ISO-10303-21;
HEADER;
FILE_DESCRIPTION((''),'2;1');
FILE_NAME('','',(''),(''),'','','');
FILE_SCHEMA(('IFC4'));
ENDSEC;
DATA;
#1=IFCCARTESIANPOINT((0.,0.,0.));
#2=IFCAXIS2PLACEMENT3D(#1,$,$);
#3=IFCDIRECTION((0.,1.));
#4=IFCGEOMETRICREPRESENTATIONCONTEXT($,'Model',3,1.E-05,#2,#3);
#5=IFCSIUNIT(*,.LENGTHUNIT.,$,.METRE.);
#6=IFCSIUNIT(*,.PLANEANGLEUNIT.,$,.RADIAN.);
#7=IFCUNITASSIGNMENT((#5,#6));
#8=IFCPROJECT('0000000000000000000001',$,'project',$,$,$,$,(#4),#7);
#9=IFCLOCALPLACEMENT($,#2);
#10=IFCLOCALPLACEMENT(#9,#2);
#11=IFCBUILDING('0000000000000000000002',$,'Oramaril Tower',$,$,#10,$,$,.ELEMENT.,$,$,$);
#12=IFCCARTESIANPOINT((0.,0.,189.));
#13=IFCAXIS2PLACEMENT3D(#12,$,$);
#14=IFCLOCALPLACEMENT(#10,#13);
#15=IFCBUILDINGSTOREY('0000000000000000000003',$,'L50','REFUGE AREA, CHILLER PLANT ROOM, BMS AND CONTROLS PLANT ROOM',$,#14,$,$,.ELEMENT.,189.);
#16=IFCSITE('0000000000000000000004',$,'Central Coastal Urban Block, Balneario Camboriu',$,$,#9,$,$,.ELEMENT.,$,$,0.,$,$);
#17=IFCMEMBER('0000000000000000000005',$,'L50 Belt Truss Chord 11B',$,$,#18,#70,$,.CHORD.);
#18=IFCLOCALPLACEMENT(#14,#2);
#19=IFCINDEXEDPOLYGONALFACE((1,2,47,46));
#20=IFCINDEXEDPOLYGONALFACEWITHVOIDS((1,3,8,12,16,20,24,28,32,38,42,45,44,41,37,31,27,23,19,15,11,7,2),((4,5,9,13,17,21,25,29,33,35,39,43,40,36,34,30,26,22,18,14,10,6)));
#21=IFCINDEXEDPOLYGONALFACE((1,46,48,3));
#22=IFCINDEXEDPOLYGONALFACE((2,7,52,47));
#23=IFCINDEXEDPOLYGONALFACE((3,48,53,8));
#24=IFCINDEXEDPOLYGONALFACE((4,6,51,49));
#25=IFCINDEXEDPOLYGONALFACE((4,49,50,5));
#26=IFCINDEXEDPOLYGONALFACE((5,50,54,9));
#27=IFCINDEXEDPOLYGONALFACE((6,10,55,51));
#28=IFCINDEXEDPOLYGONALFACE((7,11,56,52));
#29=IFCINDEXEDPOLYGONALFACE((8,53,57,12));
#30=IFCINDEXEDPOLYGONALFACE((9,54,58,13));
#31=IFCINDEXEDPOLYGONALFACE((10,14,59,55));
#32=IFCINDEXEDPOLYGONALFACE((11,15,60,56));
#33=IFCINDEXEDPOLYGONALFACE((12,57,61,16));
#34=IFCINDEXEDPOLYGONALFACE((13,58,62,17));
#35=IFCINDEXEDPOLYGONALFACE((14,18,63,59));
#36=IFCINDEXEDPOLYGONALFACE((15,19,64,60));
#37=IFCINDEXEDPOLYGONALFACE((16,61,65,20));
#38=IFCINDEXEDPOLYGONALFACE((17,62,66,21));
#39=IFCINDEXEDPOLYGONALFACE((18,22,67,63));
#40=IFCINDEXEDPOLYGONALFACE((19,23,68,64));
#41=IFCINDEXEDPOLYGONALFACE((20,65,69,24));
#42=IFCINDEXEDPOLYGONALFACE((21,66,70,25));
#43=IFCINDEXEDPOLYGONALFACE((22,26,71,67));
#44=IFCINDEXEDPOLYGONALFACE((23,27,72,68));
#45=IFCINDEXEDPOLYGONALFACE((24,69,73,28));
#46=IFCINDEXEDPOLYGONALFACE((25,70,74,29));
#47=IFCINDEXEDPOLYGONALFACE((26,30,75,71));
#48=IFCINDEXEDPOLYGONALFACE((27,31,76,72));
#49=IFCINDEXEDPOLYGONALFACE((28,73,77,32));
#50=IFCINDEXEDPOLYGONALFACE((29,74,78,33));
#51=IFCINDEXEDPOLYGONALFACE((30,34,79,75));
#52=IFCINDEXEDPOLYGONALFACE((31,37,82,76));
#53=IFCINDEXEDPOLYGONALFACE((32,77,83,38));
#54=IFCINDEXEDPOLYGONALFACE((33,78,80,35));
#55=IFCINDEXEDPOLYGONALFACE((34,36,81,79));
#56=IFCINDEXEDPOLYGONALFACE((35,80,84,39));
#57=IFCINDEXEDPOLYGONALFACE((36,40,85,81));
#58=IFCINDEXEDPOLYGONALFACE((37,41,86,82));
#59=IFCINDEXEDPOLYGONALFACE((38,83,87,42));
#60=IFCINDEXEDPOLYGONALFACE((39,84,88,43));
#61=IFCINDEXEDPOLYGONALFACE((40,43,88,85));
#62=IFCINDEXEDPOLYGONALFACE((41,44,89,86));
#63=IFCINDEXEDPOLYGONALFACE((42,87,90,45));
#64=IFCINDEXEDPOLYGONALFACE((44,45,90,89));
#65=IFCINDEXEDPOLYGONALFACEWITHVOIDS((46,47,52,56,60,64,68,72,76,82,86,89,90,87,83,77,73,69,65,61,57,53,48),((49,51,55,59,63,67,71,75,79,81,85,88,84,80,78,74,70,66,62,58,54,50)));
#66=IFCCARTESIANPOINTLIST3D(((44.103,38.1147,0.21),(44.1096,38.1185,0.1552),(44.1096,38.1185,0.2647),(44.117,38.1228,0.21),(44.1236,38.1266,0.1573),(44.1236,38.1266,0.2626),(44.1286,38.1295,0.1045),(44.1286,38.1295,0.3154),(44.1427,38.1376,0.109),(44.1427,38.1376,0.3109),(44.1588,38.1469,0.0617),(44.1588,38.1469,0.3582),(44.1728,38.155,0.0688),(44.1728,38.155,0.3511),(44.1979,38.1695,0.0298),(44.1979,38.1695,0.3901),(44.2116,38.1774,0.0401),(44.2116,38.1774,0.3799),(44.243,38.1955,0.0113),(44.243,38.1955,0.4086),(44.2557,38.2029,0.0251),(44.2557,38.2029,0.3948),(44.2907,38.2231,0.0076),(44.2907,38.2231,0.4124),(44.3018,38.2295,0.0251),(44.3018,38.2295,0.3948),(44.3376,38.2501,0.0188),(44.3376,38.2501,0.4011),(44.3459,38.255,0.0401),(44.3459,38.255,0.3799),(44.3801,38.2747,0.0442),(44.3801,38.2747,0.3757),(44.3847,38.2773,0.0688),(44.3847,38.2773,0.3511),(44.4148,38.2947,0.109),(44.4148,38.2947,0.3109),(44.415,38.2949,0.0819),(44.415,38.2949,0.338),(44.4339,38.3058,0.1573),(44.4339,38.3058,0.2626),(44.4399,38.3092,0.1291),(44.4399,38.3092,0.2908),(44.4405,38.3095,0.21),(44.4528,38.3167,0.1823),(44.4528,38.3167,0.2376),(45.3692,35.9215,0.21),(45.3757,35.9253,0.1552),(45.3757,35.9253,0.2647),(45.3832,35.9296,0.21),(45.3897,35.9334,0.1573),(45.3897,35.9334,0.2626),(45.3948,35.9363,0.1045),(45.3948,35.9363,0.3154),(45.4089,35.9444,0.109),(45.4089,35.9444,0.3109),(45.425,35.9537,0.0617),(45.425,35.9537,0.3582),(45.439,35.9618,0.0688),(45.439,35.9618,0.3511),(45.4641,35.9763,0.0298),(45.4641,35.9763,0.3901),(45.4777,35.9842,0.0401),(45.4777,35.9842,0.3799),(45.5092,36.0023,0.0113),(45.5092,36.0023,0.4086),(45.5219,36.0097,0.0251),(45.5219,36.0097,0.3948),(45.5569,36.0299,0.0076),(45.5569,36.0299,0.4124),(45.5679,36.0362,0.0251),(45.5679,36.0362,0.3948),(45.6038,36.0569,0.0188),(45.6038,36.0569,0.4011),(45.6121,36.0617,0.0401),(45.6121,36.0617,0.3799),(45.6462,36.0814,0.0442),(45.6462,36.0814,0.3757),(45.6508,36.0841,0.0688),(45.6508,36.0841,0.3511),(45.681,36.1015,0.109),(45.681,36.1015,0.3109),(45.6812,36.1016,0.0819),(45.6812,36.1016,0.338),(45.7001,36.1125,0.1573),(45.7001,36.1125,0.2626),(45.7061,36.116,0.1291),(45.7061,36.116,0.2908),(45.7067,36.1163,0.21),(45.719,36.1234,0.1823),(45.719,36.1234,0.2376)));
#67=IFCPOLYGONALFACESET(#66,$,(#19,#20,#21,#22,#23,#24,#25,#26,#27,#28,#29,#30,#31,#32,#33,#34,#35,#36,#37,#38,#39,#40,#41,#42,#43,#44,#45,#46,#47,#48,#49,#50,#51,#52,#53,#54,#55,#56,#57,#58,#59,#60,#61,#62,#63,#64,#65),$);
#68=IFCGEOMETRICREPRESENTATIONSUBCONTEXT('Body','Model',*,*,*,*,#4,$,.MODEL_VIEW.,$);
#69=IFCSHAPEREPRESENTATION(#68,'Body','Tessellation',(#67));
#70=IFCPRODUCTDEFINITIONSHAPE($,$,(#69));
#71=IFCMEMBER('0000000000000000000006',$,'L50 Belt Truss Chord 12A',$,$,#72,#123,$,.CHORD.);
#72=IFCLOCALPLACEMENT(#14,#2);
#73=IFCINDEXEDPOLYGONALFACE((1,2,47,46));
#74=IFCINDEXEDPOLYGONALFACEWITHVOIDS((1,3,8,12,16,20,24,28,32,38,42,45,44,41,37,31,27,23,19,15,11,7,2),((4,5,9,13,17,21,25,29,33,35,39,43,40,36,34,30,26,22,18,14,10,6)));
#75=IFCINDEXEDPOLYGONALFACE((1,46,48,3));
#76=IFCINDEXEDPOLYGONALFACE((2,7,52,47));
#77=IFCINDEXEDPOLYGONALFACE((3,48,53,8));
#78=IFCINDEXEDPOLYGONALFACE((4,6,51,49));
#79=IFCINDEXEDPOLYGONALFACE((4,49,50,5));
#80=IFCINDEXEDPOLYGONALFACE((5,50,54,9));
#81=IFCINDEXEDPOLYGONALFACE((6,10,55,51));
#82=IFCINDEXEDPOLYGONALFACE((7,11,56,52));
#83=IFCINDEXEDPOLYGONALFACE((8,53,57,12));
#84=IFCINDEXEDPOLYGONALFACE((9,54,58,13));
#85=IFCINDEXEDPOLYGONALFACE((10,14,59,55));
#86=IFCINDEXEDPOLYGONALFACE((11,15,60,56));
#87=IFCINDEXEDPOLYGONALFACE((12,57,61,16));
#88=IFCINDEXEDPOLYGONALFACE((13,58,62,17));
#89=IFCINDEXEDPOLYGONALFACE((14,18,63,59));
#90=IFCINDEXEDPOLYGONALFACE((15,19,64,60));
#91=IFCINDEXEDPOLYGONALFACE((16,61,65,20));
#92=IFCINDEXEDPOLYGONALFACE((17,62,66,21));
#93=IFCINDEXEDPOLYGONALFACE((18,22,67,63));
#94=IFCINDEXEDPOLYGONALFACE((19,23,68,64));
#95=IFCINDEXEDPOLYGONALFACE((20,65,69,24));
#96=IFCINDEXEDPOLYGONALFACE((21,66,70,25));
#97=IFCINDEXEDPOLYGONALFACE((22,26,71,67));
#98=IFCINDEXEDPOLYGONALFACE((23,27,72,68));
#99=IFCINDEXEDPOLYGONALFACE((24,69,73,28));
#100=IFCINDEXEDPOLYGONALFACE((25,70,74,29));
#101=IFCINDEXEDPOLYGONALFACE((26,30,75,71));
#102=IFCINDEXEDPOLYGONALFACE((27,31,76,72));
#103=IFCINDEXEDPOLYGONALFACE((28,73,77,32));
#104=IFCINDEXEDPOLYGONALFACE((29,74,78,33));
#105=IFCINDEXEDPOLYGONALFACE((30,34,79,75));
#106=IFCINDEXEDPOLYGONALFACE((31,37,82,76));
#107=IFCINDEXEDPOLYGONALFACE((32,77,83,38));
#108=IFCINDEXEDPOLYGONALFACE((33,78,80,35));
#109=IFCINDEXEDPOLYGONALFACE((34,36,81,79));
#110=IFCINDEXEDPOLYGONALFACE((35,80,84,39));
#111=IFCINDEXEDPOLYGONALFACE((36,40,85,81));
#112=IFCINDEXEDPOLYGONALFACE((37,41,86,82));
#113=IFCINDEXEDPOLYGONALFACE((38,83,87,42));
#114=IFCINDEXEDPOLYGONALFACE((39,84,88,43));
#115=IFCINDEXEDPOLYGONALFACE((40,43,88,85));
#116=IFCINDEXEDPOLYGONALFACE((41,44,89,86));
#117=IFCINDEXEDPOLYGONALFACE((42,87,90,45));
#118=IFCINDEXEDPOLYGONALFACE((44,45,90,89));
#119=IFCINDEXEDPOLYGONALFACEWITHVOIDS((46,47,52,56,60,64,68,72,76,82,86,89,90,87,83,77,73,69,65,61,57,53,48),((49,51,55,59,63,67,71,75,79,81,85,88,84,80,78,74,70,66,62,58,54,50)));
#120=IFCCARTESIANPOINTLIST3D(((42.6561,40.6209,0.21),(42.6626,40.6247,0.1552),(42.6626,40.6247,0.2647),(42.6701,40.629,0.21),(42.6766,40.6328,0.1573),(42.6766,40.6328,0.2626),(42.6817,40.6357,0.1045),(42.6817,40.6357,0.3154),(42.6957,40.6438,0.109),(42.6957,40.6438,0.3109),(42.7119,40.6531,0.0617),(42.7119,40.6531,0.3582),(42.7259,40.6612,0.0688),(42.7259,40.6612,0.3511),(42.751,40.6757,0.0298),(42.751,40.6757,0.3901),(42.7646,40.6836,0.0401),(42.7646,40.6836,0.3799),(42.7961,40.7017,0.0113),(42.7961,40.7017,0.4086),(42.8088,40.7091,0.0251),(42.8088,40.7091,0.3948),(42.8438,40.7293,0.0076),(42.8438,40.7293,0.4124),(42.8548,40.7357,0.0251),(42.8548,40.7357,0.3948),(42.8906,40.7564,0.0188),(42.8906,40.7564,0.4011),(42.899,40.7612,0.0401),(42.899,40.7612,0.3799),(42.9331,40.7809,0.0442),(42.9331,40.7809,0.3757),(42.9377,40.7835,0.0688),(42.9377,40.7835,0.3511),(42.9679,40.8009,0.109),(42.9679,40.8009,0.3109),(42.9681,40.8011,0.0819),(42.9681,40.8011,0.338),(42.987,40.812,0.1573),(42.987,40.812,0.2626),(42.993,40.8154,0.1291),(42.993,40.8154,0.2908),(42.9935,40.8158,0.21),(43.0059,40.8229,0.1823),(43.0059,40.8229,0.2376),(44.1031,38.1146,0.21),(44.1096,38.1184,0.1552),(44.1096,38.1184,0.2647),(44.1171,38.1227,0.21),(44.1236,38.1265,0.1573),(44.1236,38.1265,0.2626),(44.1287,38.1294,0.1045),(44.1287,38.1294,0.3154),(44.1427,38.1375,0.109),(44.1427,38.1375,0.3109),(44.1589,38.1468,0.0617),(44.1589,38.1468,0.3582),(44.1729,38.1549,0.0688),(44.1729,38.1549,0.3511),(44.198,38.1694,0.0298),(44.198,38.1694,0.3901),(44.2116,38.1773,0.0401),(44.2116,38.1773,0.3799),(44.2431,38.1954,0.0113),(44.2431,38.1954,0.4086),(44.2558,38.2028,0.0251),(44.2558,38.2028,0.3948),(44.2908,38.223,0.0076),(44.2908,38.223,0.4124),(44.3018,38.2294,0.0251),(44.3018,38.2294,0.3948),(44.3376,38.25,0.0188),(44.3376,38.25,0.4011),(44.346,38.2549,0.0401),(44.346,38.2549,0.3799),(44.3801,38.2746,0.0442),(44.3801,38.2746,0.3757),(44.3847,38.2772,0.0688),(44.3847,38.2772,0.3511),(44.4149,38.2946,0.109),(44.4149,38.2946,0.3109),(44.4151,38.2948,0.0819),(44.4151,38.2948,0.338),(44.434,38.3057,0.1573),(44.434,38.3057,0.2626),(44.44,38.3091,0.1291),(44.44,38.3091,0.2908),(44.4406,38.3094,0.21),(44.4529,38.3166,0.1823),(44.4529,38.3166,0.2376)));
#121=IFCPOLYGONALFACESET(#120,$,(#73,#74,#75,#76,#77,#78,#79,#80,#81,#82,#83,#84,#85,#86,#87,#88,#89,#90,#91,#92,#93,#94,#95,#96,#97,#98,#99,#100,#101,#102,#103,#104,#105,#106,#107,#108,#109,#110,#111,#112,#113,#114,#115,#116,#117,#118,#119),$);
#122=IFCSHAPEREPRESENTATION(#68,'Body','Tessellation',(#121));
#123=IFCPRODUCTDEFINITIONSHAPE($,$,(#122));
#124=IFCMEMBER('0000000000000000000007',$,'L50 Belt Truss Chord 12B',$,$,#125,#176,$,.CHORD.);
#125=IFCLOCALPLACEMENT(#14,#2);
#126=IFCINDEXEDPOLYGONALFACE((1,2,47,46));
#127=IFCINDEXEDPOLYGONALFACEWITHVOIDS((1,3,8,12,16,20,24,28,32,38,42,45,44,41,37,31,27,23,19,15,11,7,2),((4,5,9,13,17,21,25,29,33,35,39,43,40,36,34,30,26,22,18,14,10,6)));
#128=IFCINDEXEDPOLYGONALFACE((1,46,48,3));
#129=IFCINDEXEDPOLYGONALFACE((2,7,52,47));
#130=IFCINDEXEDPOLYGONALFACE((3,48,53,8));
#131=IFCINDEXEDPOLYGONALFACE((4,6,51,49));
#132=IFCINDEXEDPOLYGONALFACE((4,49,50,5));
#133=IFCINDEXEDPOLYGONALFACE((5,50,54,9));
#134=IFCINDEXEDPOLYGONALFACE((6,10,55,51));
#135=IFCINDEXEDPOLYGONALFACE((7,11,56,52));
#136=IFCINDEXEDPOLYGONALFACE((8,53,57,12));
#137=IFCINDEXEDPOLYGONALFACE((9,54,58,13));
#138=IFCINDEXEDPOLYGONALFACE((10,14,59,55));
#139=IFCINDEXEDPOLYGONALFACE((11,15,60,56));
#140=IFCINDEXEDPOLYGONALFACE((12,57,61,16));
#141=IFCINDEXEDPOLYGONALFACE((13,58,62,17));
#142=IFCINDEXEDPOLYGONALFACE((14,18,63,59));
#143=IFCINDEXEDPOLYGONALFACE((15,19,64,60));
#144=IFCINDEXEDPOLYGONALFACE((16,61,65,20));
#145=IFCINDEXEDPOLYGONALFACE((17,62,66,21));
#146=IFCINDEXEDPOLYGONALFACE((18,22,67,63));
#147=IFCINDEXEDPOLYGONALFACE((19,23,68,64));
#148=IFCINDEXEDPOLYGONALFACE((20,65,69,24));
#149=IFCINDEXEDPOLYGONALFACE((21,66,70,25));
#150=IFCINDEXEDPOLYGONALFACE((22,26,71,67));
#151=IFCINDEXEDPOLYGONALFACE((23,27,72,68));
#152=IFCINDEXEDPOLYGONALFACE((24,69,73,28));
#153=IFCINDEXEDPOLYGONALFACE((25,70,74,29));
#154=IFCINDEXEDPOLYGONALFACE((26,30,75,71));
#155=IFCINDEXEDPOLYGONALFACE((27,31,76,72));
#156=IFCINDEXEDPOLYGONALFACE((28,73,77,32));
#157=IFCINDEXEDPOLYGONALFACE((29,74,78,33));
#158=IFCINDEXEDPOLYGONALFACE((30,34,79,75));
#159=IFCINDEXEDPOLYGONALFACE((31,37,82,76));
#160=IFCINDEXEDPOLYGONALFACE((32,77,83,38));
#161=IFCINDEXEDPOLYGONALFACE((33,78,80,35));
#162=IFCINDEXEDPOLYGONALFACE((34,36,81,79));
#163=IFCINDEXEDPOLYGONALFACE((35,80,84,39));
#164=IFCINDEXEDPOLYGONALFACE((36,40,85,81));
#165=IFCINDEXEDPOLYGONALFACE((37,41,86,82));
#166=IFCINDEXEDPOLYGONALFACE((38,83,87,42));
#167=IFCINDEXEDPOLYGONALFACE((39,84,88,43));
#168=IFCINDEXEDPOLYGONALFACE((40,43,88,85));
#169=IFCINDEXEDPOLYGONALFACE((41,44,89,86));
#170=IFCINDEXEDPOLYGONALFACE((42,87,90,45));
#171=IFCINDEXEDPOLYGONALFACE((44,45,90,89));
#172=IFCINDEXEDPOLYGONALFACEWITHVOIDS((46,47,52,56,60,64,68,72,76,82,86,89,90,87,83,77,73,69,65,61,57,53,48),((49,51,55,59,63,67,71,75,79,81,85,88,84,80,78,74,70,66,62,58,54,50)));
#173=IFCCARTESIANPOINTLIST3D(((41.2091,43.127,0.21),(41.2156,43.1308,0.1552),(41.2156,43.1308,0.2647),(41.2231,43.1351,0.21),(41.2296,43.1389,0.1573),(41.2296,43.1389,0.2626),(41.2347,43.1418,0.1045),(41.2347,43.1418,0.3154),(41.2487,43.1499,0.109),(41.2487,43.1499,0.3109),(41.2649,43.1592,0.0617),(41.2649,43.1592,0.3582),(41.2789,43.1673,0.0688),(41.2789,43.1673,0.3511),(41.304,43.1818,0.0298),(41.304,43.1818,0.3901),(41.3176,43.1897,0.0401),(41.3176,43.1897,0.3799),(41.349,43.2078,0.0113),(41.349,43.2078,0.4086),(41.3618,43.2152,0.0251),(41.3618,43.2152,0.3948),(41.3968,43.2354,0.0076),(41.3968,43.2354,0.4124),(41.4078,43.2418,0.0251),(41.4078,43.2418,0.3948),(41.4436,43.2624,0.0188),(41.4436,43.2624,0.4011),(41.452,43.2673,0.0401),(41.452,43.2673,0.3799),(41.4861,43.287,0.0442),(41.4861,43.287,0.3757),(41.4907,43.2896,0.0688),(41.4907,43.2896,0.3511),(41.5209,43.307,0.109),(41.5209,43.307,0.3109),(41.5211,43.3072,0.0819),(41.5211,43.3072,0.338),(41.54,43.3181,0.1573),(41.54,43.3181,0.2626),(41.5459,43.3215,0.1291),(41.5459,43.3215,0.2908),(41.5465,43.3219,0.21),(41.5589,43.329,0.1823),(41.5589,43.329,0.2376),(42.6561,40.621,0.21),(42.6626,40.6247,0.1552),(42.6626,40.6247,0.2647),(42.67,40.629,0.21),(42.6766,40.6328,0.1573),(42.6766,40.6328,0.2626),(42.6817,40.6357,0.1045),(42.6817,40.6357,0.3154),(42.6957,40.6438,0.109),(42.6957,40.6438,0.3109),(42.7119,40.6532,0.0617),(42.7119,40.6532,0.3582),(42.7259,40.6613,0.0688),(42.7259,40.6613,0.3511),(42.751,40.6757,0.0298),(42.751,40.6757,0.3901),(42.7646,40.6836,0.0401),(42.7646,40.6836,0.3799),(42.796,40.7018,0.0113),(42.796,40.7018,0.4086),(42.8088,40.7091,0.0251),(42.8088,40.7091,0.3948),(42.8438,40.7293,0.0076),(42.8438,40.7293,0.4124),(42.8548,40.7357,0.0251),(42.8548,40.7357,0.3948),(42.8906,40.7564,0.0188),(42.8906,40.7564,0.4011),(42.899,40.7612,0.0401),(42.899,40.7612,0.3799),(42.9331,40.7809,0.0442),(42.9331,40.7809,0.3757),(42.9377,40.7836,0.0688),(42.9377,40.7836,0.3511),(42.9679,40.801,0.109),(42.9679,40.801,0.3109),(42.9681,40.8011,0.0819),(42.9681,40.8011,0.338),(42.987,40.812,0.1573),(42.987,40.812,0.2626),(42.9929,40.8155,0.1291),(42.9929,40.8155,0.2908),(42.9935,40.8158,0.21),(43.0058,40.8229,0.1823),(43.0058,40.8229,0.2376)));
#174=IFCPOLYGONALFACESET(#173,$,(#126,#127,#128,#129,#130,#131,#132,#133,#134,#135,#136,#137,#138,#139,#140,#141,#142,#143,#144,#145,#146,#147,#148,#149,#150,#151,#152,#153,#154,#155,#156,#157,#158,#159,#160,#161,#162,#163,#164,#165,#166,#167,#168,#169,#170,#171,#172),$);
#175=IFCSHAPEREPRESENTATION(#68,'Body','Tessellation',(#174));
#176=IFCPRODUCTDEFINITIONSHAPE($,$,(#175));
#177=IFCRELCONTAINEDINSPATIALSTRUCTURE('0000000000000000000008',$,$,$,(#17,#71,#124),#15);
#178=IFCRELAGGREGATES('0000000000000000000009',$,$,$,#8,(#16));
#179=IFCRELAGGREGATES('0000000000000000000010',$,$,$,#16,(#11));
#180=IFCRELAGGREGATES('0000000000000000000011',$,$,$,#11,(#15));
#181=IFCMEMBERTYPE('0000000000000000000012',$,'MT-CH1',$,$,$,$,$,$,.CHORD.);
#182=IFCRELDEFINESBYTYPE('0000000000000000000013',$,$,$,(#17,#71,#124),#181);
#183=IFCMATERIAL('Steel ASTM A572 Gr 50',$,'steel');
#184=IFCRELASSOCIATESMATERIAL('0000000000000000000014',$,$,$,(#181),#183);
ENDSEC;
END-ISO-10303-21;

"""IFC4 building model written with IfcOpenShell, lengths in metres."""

from ifc_helpers import new_model, si_unit, direction, frame, origin, origin_2d, place, context, subcontext, project, spatial, hollow_circle, extrude, material, material_profile, profile_set, type_object, element, save


model = new_model("IFC4")

# Units and contexts
model_context = context("Model", 3, precision=1e-05, world=origin(), true_north=direction((0.0, 1.0)))
body_context = subcontext(model_context, "Body", "Model", "MODEL_VIEW")
ifc_project = project(units=[si_unit("LENGTHUNIT", "METRE"), si_unit("PLANEANGLEUNIT", "RADIAN")], contexts=[model_context])

# Site, building, storey
site_placement = place(None, origin())
site = spatial("IfcSite", under=ifc_project, at=site_placement, Name="Central Coastal Urban Block, Balneario Camboriu", CompositionType="ELEMENT", RefElevation=0.0)
building_placement = place(site_placement, origin())
building = spatial("IfcBuilding", under=site, at=building_placement, Name="Oramaril Tower", CompositionType="ELEMENT")
storey_placement = place(building_placement, frame((0.0, 0.0, 189.0)))
storey = spatial("IfcBuildingStorey", under=building, at=storey_placement, Name="L50", Description="REFUGE AREA, CHILLER PLANT ROOM, BMS AND CONTROLS PLANT ROOM", CompositionType="ELEMENT", Elevation=189.0)

# Members
ifc_material_1 = material(Name="Steel ASTM A572 Gr 50", Category="steel")
ifc_material_profile_1 = material_profile(ifc_material_1, hollow_circle(Radius=0.2029, WallThickness=0.0161, at=origin_2d()), Name="CHS406X16")
ifc_profile_set_1 = profile_set([ifc_material_profile_1], Name="Steel ASTM A572 Gr 50")
member_type_1 = type_object("IfcMemberType", Name="MT-CH1", PredefinedType="CHORD", material=ifc_profile_set_1)
member_1_placement = place(storey_placement, frame((45.5449, 36.0229, 0.21), z_axis=(-0.499976, 0.866039, 0.0), x_axis=(-0.866039, -0.499976, 0.0)))
element("IfcMember", 1, at=member_1_placement, inside=storey, type_object=member_type_1, Name="L50 Belt Truss Chord 11B", PredefinedType="CHORD", context=body_context, shape_type="SweptSolid", body=[
    extrude(hollow_circle(Radius=0.2029, WallThickness=0.0161, at=origin_2d()), origin(), (0.0, 0.0, 1.0), 2.5325),
])
member_2_placement = place(storey_placement, frame((44.2788, 38.2161, 0.21), z_axis=(-0.499995, 0.866028, 0.0), x_axis=(-0.866028, -0.499995, 0.0)))
element("IfcMember", 2, at=member_2_placement, inside=storey, type_object=member_type_1, Name="L50 Belt Truss Chord 12A", PredefinedType="CHORD", context=body_context, shape_type="SweptSolid", body=[
    extrude(hollow_circle(Radius=0.2029, WallThickness=0.0161, at=origin_2d()), origin(), (0.0, 0.0, 1.0), 2.894),
])
member_3_placement = place(storey_placement, frame((42.8318, 40.7224, 0.21), z_axis=(-0.500032, 0.866007, 0.0), x_axis=(-0.866007, -0.500032, 0.0)))
element("IfcMember", 3, at=member_3_placement, inside=storey, type_object=member_type_1, Name="L50 Belt Truss Chord 12B", PredefinedType="CHORD", context=body_context, shape_type="SweptSolid", body=[
    extrude(hollow_circle(Radius=0.2029, WallThickness=0.0161, at=origin_2d()), origin(), (0.0, 0.0, 1.0), 2.8938),
])

save(model, "model.ifc")
